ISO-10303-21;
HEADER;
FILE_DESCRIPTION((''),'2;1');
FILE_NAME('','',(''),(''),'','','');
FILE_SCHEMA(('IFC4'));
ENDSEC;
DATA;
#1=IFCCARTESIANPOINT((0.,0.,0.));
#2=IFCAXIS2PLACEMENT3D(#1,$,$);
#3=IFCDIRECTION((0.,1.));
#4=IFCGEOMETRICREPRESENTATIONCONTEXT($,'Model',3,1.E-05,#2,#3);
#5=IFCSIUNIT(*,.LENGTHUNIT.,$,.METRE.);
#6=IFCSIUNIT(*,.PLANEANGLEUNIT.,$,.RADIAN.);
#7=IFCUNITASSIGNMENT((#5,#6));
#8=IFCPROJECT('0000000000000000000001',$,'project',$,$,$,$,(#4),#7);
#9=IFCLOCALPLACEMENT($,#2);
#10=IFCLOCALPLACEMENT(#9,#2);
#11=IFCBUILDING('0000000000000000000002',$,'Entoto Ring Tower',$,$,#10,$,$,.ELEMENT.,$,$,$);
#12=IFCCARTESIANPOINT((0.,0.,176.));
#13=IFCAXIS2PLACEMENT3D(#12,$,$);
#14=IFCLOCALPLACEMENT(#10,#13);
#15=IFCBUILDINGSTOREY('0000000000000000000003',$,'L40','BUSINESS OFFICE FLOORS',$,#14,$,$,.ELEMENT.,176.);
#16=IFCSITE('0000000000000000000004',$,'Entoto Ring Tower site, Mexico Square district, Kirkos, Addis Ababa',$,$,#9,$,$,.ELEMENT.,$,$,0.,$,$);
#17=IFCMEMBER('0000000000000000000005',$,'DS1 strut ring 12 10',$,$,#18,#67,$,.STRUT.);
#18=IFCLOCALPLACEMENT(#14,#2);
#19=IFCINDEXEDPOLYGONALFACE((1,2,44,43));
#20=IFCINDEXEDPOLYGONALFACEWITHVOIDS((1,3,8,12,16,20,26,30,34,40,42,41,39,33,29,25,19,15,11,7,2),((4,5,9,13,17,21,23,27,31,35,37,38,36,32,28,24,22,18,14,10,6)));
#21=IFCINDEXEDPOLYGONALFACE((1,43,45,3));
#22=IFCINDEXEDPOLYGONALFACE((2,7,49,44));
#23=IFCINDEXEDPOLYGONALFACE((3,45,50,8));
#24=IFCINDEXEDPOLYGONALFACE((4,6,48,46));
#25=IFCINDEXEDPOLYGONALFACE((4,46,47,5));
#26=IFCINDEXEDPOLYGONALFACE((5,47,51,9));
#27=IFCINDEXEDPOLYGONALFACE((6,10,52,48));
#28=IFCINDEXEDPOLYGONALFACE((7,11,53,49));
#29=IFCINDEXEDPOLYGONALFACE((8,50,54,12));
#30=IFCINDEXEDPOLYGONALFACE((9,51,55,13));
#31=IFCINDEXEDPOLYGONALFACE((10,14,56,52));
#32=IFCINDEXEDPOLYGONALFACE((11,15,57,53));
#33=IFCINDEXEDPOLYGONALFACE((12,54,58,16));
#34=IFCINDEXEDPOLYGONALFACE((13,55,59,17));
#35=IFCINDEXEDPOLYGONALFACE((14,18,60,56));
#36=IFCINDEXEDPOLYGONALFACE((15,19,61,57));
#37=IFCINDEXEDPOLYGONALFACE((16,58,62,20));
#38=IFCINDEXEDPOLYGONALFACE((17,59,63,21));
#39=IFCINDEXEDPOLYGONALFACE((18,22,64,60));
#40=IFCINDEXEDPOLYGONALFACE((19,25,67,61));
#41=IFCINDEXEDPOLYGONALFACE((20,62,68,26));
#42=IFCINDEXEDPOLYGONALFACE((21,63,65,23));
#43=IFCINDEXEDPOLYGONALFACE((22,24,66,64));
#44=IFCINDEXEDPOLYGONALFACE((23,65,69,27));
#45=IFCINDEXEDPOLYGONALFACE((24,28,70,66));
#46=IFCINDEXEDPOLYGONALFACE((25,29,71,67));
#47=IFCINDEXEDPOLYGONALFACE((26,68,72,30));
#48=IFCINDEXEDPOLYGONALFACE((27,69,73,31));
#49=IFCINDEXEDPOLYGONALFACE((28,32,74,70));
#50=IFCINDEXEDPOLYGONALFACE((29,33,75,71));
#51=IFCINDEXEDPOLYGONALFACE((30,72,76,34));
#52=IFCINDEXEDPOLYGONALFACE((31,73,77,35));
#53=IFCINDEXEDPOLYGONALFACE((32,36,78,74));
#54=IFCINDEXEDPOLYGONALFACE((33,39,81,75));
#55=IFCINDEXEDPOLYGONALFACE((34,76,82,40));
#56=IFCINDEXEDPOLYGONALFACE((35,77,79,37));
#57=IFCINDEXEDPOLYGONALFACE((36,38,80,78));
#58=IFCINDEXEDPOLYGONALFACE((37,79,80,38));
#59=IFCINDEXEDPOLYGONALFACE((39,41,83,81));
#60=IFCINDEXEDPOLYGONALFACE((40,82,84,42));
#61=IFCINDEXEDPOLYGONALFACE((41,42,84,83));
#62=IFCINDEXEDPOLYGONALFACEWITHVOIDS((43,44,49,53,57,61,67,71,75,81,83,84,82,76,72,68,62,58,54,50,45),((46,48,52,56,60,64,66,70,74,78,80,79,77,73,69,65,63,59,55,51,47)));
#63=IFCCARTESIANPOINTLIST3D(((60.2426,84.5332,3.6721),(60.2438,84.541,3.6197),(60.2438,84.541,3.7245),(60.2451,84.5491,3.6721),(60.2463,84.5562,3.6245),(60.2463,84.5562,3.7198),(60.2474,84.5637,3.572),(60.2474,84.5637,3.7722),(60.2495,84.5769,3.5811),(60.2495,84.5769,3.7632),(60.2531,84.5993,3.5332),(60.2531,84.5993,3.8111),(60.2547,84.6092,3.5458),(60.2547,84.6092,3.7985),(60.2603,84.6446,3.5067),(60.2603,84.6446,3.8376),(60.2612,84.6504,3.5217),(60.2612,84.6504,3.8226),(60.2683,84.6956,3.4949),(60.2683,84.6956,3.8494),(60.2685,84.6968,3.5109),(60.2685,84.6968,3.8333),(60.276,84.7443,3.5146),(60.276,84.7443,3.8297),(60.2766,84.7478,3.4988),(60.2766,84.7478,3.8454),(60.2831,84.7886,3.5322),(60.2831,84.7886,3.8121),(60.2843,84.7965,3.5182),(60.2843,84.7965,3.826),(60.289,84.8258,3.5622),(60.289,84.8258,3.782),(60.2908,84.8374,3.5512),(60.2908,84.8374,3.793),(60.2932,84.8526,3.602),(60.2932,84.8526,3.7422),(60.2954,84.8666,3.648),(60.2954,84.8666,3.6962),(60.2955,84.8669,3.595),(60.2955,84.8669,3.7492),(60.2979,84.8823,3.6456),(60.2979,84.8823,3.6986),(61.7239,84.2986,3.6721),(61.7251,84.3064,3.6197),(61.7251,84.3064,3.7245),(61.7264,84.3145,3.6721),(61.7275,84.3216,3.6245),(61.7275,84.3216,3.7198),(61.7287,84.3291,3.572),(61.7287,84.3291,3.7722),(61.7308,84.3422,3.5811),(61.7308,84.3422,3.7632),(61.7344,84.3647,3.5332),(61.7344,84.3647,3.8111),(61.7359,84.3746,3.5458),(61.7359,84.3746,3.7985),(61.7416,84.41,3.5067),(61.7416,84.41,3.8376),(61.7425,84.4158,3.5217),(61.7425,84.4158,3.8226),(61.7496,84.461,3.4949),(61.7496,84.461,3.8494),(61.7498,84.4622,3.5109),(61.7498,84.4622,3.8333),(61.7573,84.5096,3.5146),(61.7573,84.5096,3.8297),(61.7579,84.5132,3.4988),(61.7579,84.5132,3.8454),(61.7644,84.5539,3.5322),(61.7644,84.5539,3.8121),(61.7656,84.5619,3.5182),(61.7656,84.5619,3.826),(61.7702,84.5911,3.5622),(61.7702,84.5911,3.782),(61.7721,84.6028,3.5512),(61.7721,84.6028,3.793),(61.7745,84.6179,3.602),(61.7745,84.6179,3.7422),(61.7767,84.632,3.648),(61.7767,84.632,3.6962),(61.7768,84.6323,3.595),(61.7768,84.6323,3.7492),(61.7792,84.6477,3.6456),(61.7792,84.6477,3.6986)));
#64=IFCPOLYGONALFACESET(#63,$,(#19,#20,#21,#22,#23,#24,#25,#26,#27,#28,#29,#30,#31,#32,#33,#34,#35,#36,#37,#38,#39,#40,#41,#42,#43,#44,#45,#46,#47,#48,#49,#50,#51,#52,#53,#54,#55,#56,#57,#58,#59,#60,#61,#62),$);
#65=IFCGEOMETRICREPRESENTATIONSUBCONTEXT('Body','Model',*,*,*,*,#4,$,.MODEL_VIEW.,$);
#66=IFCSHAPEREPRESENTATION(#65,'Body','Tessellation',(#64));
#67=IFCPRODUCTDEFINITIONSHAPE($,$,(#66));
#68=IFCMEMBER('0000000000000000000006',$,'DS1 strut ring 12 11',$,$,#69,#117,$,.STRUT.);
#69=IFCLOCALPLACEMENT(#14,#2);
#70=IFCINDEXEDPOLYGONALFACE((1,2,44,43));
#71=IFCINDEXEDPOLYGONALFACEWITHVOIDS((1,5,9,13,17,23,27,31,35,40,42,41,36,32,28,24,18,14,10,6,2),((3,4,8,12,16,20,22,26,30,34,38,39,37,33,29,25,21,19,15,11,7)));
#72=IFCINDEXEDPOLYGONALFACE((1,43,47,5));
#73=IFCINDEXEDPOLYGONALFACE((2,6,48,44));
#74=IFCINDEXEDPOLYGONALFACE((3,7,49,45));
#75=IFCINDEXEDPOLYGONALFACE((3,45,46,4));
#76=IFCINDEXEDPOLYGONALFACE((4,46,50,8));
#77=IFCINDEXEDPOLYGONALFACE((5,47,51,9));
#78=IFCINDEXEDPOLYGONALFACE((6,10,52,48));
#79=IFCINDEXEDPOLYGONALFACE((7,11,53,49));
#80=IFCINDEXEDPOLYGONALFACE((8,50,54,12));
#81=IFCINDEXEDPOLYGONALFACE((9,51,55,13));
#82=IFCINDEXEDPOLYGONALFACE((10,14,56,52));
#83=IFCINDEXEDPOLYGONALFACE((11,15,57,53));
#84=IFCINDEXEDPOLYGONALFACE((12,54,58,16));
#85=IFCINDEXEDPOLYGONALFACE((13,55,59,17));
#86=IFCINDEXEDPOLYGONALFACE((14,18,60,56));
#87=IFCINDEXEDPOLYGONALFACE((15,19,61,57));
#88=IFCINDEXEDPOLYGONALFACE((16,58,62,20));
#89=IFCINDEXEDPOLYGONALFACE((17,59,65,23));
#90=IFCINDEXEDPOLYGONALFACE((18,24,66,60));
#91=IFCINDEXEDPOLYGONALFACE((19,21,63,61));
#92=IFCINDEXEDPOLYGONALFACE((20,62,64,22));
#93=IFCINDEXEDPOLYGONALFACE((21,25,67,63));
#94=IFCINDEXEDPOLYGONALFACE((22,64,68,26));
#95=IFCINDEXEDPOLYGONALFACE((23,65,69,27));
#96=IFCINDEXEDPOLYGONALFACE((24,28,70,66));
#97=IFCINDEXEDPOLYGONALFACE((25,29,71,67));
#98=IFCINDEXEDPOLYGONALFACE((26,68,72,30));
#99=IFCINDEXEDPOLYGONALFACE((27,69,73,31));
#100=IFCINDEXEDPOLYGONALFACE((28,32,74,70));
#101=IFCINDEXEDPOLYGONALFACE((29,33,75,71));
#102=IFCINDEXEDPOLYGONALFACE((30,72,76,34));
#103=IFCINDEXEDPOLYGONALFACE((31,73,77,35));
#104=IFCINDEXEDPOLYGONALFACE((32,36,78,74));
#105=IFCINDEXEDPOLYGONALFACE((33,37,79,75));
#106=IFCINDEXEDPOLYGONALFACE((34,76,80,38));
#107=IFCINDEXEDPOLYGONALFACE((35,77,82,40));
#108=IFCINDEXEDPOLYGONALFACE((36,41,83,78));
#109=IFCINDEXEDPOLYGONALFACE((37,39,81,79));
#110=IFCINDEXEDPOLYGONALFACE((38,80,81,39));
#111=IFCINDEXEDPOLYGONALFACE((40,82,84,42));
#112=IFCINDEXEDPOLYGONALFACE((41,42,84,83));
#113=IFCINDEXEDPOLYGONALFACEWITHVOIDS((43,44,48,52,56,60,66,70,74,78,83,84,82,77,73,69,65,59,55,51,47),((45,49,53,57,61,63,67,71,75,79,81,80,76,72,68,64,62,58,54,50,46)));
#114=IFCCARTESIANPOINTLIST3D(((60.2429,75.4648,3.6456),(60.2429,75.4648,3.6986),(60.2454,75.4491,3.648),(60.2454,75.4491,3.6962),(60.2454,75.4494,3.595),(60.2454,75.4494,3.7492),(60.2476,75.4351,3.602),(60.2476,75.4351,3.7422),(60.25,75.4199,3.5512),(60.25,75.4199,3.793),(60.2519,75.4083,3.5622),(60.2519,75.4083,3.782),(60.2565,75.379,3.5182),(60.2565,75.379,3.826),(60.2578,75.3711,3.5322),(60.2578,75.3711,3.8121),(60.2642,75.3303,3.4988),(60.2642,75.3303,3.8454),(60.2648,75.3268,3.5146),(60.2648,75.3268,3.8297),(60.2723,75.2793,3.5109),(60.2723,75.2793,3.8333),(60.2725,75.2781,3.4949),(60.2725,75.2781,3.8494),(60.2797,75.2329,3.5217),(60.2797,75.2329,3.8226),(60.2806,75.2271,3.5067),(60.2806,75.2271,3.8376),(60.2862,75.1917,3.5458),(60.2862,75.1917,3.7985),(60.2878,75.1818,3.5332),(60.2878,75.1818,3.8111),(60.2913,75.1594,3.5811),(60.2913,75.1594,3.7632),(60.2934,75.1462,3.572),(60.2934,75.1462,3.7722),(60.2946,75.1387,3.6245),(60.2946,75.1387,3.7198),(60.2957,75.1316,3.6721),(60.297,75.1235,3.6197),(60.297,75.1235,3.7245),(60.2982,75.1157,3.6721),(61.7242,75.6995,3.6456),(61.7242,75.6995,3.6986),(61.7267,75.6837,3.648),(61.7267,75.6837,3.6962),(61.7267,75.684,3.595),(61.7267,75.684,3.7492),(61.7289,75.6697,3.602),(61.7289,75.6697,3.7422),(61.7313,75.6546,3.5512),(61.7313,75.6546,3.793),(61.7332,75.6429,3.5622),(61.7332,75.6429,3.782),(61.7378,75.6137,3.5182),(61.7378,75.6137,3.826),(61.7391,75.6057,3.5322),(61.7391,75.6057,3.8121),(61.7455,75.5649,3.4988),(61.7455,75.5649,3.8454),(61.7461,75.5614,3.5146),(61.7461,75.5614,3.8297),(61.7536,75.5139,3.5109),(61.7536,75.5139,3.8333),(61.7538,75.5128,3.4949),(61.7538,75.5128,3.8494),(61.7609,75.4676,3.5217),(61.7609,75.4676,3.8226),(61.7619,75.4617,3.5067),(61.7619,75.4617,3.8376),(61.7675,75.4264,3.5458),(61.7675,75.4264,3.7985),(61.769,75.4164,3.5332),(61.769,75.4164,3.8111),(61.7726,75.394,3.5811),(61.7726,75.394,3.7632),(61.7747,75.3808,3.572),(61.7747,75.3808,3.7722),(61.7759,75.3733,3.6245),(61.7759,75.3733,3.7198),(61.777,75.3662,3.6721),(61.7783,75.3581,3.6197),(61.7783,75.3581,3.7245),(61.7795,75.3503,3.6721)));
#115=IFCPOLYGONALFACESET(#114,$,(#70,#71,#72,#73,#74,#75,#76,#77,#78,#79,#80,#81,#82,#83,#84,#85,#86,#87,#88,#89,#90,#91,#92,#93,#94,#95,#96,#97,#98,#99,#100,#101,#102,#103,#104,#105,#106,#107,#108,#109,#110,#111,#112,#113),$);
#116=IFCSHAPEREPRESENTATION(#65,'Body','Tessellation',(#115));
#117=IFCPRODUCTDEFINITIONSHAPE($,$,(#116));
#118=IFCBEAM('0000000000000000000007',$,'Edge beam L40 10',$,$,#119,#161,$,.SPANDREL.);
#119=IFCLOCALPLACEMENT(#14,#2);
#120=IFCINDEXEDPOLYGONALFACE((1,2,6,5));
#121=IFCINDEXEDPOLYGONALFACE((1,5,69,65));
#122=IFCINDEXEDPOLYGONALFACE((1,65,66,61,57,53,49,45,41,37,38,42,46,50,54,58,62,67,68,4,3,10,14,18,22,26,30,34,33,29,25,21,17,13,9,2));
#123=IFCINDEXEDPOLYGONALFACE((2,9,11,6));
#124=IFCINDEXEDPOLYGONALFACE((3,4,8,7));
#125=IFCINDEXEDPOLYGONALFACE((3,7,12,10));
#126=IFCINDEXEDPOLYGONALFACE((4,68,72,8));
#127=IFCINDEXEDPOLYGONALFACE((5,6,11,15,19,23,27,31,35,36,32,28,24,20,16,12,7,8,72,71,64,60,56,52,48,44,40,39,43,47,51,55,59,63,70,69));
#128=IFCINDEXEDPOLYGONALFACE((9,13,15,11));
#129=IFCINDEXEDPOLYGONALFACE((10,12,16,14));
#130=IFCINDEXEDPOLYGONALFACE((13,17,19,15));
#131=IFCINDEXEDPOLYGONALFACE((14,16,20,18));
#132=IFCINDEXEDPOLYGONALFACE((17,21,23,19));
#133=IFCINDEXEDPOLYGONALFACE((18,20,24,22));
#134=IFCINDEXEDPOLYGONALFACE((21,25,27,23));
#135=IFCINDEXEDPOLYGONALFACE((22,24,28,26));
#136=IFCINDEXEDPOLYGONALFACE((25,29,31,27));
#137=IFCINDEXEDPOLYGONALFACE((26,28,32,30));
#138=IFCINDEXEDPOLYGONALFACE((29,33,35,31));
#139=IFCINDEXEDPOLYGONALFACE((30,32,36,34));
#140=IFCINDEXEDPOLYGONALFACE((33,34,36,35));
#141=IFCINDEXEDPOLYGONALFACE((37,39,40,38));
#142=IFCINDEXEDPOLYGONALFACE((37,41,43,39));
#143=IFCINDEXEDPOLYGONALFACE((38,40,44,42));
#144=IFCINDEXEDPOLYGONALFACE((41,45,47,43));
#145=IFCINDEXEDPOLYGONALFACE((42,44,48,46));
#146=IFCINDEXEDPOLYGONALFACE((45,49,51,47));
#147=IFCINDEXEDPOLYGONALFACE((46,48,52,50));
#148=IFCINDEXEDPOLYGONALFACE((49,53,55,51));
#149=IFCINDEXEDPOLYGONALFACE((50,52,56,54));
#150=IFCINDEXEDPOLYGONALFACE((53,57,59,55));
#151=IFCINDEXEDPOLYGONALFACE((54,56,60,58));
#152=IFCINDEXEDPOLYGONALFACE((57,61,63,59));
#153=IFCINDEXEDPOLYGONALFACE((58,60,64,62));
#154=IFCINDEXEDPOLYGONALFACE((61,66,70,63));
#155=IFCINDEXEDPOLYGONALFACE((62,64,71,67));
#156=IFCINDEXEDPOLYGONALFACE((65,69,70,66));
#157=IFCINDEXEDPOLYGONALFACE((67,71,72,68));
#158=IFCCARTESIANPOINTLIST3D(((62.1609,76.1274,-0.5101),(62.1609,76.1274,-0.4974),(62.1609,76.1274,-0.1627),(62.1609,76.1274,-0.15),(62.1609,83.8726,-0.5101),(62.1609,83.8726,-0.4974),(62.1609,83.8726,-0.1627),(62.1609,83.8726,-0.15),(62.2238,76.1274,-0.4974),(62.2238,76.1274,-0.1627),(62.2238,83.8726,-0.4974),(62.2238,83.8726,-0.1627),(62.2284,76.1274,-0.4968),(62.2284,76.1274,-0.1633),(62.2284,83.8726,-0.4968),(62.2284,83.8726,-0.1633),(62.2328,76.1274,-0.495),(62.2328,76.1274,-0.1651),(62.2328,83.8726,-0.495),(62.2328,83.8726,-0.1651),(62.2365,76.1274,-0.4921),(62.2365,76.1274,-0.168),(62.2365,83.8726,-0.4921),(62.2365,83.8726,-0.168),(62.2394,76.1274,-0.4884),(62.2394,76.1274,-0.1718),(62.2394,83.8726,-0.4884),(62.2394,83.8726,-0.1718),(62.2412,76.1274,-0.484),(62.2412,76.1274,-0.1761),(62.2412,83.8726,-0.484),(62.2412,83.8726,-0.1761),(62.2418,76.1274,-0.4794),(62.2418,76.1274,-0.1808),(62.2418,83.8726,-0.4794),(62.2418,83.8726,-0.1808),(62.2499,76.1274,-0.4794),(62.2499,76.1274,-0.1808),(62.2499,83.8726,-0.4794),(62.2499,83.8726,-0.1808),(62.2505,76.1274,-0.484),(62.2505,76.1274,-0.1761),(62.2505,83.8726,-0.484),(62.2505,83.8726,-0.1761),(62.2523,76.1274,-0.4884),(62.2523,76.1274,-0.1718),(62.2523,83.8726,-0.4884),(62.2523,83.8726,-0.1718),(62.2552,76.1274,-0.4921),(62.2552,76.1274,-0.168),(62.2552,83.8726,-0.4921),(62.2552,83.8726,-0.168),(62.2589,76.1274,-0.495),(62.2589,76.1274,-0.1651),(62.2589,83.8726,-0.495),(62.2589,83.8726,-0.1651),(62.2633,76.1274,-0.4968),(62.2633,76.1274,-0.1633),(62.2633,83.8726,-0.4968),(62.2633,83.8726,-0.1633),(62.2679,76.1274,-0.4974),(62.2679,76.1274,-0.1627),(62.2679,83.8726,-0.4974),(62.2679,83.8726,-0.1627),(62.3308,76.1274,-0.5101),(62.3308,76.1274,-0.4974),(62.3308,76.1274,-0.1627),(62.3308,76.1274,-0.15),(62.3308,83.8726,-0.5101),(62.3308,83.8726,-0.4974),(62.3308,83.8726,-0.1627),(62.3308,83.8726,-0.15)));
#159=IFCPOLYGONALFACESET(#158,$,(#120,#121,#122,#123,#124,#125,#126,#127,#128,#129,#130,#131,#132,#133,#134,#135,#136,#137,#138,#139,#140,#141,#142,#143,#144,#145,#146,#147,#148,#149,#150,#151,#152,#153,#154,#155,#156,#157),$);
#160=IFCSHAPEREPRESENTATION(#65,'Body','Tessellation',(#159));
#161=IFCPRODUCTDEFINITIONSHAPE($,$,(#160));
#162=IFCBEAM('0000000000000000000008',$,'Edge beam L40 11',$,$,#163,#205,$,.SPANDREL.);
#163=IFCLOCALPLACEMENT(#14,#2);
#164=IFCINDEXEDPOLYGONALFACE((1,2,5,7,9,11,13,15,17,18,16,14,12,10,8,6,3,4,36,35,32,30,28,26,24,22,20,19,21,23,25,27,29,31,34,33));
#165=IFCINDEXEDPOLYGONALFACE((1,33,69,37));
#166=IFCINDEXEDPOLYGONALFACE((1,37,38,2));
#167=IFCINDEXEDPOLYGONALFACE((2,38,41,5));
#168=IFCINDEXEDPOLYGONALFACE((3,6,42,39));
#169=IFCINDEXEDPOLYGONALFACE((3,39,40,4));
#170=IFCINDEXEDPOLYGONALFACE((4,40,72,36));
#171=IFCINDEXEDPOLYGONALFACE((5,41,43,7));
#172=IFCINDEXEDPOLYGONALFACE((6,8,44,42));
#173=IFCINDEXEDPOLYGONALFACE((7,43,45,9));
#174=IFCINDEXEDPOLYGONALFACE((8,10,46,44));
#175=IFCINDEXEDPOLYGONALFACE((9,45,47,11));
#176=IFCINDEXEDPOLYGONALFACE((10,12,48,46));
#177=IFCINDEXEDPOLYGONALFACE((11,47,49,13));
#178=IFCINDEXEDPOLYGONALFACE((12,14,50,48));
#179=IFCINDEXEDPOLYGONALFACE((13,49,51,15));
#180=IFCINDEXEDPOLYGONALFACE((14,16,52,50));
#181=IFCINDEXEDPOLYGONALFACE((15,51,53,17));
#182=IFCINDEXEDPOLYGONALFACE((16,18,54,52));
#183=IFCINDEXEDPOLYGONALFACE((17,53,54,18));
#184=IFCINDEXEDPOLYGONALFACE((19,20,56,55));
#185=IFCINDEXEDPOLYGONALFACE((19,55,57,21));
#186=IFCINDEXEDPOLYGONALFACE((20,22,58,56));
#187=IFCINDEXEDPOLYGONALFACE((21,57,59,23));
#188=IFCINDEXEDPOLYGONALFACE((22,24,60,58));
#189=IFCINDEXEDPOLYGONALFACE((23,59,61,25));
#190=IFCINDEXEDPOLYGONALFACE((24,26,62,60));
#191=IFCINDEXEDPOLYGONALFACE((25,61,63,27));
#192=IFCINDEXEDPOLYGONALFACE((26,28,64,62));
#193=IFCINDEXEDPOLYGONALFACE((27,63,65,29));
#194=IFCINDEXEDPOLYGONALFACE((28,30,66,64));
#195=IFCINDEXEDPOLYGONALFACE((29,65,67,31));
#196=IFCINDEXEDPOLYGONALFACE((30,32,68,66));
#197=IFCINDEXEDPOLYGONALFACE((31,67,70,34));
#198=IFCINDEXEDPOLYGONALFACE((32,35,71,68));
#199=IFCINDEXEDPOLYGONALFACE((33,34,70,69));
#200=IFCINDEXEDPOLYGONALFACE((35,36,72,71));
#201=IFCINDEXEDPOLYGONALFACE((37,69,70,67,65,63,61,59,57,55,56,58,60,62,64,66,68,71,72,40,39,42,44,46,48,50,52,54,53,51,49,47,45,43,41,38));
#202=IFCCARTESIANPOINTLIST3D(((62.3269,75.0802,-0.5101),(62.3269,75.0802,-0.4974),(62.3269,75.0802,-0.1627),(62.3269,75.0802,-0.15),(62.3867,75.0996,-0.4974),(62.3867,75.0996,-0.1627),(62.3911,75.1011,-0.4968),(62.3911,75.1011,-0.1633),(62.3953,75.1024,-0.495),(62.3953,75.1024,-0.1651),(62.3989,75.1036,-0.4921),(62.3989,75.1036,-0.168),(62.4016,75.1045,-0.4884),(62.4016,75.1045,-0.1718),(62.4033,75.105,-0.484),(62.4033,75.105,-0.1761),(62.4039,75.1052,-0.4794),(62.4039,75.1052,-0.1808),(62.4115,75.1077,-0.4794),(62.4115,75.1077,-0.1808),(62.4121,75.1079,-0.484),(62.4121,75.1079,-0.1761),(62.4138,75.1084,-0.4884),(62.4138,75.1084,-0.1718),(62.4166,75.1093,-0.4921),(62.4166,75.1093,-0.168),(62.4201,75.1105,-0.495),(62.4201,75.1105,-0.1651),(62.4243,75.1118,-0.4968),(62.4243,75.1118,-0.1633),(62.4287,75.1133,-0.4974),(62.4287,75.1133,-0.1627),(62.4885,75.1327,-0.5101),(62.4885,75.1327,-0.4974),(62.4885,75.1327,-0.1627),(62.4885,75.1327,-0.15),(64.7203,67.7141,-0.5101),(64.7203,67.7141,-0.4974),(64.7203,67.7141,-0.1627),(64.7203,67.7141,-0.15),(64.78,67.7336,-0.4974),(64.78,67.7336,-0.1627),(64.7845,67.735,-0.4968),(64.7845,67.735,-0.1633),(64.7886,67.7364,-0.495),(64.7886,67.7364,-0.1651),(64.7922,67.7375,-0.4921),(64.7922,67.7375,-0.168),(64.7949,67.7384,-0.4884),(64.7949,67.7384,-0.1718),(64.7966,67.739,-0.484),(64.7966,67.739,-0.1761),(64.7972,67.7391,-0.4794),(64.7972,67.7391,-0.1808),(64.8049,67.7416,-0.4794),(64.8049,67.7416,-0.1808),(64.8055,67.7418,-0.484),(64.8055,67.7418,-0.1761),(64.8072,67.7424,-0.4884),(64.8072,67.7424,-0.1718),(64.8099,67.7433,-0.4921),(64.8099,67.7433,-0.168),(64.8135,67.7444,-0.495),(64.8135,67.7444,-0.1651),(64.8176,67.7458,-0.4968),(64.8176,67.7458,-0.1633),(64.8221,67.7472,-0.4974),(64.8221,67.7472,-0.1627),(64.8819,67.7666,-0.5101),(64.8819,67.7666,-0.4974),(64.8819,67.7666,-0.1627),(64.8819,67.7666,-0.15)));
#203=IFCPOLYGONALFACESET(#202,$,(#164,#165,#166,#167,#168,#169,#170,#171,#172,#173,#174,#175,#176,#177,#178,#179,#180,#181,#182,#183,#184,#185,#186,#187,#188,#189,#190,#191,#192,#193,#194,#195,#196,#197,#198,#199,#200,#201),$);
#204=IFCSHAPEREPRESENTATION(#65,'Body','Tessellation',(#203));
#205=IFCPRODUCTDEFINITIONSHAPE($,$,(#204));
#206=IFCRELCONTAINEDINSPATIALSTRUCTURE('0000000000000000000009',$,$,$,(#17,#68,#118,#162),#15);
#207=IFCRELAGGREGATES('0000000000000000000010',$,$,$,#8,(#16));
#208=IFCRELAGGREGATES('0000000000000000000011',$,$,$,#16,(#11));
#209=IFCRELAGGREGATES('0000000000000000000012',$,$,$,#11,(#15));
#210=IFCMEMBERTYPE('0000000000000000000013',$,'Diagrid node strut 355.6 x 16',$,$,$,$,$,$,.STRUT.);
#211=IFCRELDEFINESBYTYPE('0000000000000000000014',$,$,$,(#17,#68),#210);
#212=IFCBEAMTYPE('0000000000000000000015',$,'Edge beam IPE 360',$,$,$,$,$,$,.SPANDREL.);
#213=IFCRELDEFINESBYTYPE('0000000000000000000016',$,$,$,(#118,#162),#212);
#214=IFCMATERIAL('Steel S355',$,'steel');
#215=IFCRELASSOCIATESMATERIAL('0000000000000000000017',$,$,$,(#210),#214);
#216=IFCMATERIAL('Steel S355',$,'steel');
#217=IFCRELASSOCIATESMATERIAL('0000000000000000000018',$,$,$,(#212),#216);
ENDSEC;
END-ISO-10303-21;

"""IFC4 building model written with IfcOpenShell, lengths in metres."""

from ifc_helpers import new_model, si_unit, direction, frame, origin, origin_2d, place, context, subcontext, project, spatial, circle, hollow_circle, i_section, extrude, material, material_profile, profile_set, type_object, element, save


model = new_model("IFC4")

# Units and contexts
model_context = context("Model", 3, precision=1e-05, world=origin(), true_north=direction((0.0, 1.0)))
body_context = subcontext(model_context, "Body", "Model", "MODEL_VIEW")
ifc_project = project(units=[si_unit("LENGTHUNIT", "METRE"), si_unit("PLANEANGLEUNIT", "RADIAN")], contexts=[model_context])

# Site, building, storey
site_placement = place(None, origin())
site = spatial("IfcSite", under=ifc_project, at=site_placement, Name="Entoto Ring Tower site, Mexico Square district, Kirkos, Addis Ababa", CompositionType="ELEMENT", RefElevation=0.0)
building_placement = place(site_placement, origin())
building = spatial("IfcBuilding", under=site, at=building_placement, Name="Entoto Ring Tower", CompositionType="ELEMENT")
storey_placement = place(building_placement, frame((0.0, 0.0, 176.0)))
storey = spatial("IfcBuildingStorey", under=building, at=storey_placement, Name="L40", Description="BUSINESS OFFICE FLOORS", CompositionType="ELEMENT", Elevation=176.0)

# Members
ifc_material_1 = material(Name="Steel S355", Category="steel")
ifc_material_profile_1 = material_profile(ifc_material_1, hollow_circle(Radius=0.1777, WallThickness=0.0161, at=origin_2d()), Name="CHS 355.6 x 16")
ifc_material_2 = material(Name="Concrete C60/75", Category="concrete")
ifc_material_profile_2 = material_profile(ifc_material_2, circle(Radius=0.1619, at=origin_2d()), Name="Concrete C60/75 infill")
ifc_profile_set_1 = profile_set([ifc_material_profile_1, ifc_material_profile_2], Name="Steel S355")
member_type = type_object("IfcMemberType", Name="Diagrid node strut 355.6 x 16", PredefinedType="STRUT", material=ifc_profile_set_1)
for number, where, z_axis, x_axis, name in (
    (1, (61.7517, 84.4741, 3.6721), (-0.987686, 0.156447, 0.0), (-0.156447, -0.987686, 0.0), "DS1 strut ring 12 10"),
    (2, (61.7517, 75.5259, 3.6721), (-0.987686, -0.156447, 0.0), (0.156447, -0.987686, 0.0), "DS1 strut ring 12 11"),
):
    element("IfcMember", number, at=place(storey_placement, frame(where, z_axis=z_axis, x_axis=x_axis)), inside=storey, type_object=member_type, Name=name, PredefinedType="STRUT", context=body_context, shape_type="SweptSolid", body=[
        extrude(hollow_circle(Radius=0.1777, WallThickness=0.0161, at=origin_2d()), origin(), (0.0, 0.0, 1.0), 1.4998),
    ])

# Beams
ifc_material_3 = material(Name="Steel S355", Category="steel")
ifc_material_profile_3 = material_profile(ifc_material_3, i_section(OverallWidth=0.1699, OverallDepth=0.3601, WebThickness=0.0081, FlangeThickness=0.0127, FilletRadius=0.0181, at=origin_2d()), Name="IPE 360")
ifc_profile_set_2 = profile_set([ifc_material_profile_3], Name="Steel S355")
beam_type_1 = type_object("IfcBeamType", Name="Edge beam IPE 360", PredefinedType="SPANDREL", material=ifc_profile_set_2)
for number, where, z_axis, x_axis, name in (
    (3, (62.2458, 83.8726, -0.3301), (0.0, -1.0, 0.0), (1.0, 0.0, 0.0), "Edge beam L40 10"),
    (4, (62.4077, 75.1064, -0.3301), (0.309013, -0.951058, 0.0), (0.951058, 0.309013, 0.0), "Edge beam L40 11"),
):
    element("IfcBeam", number, at=place(storey_placement, frame(where, z_axis=z_axis, x_axis=x_axis)), inside=storey, type_object=beam_type_1, Name=name, PredefinedType="SPANDREL", context=body_context, shape_type="SweptSolid", body=[
        extrude(i_section(OverallWidth=0.1699, OverallDepth=0.3601, WebThickness=0.0081, FlangeThickness=0.0127, FilletRadius=0.0181, at=origin_2d()), origin(), (0.0, 0.0, 1.0), 7.7451),
    ])

save(model, "model.ifc")
